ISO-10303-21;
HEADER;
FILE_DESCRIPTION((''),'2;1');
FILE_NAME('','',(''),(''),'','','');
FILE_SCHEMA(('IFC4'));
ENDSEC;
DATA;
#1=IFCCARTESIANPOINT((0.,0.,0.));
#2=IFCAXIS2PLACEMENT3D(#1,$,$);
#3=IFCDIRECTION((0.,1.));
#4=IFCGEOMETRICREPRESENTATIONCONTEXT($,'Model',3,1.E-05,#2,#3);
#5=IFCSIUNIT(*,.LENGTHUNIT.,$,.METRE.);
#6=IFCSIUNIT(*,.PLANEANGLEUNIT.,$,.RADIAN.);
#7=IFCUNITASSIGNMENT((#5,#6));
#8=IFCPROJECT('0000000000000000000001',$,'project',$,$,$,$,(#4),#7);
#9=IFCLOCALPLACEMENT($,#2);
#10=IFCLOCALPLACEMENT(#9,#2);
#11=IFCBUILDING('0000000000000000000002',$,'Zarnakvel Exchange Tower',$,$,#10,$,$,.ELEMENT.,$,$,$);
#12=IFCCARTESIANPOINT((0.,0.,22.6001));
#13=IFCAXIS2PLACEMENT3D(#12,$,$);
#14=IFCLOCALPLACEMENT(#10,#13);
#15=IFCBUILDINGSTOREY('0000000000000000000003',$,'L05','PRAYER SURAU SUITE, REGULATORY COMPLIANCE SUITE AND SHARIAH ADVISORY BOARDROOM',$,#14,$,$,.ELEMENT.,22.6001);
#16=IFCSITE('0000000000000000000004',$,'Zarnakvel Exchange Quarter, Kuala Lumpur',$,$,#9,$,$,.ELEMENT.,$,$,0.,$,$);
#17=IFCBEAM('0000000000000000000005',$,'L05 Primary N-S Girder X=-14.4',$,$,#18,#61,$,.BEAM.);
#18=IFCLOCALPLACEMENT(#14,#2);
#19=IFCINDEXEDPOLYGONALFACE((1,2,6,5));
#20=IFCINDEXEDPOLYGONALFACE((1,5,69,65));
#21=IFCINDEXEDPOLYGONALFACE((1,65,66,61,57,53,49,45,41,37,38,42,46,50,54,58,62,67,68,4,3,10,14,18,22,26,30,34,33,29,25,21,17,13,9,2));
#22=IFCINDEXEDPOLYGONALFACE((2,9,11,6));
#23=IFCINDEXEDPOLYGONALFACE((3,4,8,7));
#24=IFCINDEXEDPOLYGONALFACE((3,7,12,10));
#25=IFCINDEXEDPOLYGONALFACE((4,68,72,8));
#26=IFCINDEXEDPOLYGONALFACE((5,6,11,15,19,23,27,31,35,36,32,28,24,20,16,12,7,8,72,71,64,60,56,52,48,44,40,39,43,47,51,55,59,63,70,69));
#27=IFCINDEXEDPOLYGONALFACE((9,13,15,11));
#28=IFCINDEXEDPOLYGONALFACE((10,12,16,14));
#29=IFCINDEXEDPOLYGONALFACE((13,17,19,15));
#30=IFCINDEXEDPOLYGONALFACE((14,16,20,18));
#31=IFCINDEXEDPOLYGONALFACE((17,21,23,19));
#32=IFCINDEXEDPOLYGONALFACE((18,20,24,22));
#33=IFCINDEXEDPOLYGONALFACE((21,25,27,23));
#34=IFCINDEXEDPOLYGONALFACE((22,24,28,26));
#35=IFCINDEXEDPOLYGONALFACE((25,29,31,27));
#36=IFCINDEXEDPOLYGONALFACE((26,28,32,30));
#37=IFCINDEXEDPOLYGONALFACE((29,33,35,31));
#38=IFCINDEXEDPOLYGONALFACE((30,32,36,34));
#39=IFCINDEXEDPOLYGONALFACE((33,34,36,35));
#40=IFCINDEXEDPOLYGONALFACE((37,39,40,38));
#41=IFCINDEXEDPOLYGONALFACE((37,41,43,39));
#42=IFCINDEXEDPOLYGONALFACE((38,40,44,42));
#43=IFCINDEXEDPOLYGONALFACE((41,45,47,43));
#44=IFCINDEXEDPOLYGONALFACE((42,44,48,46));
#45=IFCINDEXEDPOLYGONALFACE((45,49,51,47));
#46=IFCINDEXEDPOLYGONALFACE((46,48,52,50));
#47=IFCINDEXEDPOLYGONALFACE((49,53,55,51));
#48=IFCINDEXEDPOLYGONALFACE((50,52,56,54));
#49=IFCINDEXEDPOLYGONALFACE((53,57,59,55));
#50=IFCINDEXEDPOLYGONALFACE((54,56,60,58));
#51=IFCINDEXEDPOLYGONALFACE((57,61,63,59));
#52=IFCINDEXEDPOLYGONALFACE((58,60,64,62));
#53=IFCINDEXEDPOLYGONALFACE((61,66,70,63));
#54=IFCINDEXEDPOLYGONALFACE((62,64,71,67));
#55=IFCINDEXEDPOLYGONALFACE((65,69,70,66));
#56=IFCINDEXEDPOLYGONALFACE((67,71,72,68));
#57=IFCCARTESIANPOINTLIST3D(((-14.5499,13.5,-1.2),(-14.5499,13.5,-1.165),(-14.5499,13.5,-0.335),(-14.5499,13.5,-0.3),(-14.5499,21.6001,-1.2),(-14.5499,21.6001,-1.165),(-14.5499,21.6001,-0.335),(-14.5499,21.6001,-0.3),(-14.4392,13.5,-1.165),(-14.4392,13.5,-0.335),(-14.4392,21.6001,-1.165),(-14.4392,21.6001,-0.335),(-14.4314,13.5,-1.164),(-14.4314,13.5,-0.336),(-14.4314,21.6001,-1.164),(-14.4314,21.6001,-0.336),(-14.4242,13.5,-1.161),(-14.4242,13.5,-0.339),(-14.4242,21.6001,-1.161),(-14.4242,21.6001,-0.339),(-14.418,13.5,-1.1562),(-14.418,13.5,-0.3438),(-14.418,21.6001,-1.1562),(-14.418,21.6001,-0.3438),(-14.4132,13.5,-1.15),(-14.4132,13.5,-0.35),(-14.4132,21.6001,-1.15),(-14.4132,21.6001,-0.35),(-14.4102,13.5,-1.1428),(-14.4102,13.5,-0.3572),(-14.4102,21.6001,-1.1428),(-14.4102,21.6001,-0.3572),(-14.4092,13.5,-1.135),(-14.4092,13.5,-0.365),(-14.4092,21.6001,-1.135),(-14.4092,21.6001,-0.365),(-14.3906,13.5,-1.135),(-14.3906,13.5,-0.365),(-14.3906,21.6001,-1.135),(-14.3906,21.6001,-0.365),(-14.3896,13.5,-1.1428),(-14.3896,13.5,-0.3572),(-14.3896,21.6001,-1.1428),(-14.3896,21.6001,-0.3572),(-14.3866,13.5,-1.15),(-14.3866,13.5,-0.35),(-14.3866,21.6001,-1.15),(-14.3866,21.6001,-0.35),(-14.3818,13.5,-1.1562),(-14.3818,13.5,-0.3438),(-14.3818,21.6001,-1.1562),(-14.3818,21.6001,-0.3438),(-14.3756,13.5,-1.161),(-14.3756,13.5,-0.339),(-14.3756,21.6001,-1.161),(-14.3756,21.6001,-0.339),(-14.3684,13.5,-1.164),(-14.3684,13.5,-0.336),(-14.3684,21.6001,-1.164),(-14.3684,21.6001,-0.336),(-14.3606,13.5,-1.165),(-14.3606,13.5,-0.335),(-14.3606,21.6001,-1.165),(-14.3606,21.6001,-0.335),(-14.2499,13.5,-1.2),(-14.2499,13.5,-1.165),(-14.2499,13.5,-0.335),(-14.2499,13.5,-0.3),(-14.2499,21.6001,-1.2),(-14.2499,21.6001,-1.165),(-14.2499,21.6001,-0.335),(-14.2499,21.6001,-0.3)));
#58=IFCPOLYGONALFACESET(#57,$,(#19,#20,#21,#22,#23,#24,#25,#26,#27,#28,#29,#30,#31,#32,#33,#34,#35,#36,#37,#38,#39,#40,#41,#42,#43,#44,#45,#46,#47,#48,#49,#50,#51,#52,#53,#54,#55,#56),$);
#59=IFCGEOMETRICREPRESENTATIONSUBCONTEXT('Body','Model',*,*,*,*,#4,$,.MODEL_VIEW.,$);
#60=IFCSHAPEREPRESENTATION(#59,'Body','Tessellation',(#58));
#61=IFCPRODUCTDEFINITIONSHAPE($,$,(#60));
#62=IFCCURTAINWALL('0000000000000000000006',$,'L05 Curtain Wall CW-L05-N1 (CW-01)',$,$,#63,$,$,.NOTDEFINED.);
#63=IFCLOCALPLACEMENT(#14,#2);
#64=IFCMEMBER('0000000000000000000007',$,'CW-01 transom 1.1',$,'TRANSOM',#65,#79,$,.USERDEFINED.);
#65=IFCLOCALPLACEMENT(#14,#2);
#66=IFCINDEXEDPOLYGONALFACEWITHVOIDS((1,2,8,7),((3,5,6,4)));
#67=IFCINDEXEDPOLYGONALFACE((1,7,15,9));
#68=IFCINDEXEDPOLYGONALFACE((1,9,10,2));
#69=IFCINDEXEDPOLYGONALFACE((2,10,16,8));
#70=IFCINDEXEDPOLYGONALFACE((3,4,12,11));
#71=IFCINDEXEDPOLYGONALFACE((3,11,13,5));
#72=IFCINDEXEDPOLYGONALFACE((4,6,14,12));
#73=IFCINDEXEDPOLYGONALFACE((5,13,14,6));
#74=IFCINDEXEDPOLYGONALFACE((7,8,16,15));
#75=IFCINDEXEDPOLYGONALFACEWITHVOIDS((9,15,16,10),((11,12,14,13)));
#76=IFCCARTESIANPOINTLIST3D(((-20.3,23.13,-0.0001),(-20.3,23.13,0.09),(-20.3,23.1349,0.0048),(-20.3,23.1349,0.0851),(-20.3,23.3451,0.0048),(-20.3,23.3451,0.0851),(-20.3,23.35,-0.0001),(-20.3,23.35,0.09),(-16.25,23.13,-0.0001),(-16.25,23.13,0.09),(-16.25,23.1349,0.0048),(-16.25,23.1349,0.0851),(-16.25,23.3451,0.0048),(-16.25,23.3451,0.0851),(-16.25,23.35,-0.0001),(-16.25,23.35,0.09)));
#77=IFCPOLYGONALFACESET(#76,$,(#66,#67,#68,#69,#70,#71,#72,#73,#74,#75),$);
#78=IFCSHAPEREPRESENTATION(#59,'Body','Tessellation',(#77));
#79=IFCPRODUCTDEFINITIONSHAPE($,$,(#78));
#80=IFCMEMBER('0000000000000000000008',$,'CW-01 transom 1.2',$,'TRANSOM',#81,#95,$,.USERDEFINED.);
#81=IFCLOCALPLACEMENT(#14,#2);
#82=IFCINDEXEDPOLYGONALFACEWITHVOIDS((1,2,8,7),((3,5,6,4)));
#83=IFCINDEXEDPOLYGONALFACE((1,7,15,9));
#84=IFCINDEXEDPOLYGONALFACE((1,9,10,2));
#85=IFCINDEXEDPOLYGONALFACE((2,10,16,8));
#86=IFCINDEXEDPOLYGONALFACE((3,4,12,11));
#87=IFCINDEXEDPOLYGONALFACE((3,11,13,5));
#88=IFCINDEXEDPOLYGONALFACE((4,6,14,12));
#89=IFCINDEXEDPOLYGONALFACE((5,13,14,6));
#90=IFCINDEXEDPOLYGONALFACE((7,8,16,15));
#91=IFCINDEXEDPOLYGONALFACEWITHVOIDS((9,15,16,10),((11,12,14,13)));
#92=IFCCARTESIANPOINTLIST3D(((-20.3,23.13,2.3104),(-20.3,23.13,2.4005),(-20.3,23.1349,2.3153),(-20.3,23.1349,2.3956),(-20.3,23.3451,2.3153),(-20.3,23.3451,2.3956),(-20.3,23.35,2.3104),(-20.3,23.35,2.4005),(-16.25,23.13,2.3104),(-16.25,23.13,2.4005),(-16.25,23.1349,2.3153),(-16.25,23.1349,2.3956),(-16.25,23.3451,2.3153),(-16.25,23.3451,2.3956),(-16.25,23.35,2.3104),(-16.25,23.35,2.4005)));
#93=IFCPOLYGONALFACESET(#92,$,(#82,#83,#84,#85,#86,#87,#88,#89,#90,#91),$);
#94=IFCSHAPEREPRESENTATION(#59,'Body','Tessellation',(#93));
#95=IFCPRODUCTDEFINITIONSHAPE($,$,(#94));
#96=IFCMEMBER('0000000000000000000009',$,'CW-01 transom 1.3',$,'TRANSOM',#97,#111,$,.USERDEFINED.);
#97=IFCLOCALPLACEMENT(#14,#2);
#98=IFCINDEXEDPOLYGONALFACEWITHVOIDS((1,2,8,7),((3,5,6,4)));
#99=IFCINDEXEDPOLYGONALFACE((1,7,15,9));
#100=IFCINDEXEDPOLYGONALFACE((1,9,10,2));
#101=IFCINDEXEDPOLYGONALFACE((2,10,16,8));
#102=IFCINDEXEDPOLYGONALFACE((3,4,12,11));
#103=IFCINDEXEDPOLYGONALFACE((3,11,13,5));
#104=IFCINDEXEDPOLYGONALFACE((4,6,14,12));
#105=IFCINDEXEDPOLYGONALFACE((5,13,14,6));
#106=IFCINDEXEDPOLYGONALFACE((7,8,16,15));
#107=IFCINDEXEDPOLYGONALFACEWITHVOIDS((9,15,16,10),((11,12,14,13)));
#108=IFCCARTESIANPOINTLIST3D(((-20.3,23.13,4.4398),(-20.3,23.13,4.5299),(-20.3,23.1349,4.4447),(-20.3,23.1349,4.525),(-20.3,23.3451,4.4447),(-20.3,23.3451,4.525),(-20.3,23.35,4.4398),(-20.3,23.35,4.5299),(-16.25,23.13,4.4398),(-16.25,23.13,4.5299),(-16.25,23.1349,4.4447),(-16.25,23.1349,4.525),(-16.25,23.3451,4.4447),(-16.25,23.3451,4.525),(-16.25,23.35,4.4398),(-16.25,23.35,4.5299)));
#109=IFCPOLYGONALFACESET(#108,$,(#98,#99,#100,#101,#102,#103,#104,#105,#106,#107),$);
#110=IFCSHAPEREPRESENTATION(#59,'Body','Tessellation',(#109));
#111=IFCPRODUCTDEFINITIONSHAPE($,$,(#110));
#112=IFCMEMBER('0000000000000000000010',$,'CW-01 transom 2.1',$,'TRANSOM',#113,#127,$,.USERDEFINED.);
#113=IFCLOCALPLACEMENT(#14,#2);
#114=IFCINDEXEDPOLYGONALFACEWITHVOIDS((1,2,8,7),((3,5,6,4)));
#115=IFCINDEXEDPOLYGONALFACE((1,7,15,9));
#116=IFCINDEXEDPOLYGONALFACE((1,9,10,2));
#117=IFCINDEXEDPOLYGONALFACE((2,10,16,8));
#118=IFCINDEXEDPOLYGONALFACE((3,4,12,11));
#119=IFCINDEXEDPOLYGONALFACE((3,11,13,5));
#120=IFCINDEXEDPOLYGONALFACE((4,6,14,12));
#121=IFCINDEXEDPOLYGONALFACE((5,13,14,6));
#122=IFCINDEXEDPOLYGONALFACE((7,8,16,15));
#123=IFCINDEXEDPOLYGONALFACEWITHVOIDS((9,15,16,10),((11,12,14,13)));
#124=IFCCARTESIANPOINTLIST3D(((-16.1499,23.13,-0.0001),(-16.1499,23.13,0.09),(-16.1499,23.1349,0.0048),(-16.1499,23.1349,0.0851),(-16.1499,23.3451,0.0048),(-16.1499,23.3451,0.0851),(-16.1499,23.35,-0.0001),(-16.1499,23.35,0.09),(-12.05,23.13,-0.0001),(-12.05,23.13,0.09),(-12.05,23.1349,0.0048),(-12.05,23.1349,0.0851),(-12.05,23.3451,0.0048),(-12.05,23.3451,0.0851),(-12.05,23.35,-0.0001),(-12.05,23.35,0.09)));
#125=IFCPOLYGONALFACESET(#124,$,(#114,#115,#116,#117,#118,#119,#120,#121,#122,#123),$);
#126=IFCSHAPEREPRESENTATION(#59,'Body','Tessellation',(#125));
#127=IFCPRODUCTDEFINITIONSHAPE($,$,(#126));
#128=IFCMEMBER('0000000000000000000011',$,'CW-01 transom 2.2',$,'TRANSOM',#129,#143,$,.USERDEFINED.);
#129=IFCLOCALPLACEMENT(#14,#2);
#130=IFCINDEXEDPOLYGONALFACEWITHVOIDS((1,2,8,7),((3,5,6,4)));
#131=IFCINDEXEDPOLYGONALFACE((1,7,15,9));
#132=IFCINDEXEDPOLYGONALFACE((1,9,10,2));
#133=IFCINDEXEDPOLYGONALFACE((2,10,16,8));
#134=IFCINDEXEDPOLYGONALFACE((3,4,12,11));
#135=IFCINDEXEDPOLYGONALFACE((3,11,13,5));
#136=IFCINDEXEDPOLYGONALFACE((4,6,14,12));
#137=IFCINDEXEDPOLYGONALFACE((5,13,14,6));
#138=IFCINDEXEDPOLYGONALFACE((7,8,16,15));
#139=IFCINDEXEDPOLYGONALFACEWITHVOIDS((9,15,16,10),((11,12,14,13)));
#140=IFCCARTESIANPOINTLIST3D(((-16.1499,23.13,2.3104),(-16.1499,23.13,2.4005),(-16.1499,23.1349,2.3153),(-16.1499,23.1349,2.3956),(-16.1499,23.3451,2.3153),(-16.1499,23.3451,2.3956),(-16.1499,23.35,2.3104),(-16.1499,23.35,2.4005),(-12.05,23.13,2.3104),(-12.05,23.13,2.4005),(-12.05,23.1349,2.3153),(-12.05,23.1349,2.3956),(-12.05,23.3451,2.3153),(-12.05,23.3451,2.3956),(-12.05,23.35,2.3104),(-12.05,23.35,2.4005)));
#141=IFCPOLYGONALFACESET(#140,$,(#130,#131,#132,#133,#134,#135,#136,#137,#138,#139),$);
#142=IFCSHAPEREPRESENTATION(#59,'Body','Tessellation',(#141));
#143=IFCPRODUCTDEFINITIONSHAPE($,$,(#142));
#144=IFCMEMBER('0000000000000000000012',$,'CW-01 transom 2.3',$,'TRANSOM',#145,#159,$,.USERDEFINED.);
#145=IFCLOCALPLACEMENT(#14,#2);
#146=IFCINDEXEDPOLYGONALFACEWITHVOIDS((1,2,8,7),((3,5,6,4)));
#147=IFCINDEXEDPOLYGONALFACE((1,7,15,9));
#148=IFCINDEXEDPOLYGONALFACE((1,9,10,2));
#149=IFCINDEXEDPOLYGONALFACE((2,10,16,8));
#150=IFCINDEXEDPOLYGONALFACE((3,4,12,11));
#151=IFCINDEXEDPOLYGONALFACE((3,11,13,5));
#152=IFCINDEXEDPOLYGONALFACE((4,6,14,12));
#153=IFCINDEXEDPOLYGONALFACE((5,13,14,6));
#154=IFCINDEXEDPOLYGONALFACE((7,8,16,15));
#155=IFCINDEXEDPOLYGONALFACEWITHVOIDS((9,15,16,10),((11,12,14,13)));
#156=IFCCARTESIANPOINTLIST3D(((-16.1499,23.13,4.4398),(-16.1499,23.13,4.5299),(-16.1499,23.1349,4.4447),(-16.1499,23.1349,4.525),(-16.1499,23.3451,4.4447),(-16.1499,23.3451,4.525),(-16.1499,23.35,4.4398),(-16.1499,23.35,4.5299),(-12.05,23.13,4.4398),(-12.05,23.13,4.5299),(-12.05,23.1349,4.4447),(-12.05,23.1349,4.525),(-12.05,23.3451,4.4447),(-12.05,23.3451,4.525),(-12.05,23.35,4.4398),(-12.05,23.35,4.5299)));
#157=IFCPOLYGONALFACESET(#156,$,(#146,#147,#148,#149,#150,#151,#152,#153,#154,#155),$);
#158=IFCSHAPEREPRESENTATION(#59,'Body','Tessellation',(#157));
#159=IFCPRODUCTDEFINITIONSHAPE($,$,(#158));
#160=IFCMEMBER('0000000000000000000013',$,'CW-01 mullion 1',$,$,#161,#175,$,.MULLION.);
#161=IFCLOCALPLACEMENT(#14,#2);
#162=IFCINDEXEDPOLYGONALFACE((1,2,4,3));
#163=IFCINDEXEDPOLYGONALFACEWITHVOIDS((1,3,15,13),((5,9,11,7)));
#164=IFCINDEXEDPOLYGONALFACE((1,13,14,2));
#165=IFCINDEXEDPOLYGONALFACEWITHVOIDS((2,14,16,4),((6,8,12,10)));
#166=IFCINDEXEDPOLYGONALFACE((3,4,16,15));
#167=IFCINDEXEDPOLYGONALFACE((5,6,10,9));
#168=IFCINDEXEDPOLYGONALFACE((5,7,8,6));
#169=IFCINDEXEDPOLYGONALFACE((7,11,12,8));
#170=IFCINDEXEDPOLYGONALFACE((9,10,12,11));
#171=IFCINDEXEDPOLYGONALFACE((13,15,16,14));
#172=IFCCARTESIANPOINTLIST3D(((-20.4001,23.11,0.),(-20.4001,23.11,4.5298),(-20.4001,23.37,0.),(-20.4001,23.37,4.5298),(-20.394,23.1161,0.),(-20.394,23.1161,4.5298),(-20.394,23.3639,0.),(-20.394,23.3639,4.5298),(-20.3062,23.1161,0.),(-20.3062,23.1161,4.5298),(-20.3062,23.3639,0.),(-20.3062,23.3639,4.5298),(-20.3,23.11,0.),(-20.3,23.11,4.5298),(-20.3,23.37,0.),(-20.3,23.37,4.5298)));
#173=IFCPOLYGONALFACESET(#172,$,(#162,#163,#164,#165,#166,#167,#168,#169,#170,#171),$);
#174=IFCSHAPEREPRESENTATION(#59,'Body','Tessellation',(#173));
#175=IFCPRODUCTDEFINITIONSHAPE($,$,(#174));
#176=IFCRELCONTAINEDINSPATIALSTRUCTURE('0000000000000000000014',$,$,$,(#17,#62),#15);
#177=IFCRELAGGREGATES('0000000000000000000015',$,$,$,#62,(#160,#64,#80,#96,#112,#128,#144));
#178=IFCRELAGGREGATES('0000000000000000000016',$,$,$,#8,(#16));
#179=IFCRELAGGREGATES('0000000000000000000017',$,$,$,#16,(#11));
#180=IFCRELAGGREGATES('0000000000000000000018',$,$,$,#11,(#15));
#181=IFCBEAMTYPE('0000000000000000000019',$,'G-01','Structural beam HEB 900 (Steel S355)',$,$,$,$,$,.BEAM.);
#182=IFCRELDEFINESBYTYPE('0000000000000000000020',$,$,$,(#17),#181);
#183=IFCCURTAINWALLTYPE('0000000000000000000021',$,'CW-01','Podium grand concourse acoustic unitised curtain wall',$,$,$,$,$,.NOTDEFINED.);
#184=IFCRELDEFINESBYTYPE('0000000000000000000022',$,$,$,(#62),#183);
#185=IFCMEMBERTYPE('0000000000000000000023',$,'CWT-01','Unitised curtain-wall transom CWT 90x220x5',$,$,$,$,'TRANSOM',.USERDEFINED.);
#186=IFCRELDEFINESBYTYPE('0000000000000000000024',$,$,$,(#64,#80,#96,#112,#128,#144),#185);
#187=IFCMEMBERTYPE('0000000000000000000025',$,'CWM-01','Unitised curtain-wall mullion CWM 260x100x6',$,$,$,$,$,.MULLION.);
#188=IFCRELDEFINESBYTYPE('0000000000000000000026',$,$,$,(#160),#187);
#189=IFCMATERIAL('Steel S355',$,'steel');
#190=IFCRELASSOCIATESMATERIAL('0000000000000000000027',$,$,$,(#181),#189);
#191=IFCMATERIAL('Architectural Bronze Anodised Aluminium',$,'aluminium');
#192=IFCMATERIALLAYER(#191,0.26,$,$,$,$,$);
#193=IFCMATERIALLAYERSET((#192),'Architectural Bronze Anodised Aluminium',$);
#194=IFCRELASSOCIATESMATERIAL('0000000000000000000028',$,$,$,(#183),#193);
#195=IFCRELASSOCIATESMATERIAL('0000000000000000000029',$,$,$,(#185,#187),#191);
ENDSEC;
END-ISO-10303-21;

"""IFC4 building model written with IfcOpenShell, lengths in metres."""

from ifc_helpers import new_model, si_unit, direction, frame, origin, origin_2d, place, context, subcontext, project, spatial, hollow_rectangle, i_section, extrude, source, transform, mapped, material, layer, layer_set, material_profile, profile_set, type_object, element, aggregate, save


model = new_model("IFC4")

# Units and contexts
model_context = context("Model", 3, precision=1e-05, world=origin(), true_north=direction((0.0, 1.0)))
body_context = subcontext(model_context, "Body", "Model", "MODEL_VIEW")
ifc_project = project(units=[si_unit("LENGTHUNIT", "METRE"), si_unit("PLANEANGLEUNIT", "RADIAN")], contexts=[model_context])

# Site, building, storey
site_placement = place(None, origin())
site = spatial("IfcSite", under=ifc_project, at=site_placement, Name="Zarnakvel Exchange Quarter, Kuala Lumpur", CompositionType="ELEMENT", RefElevation=0.0)
building_placement = place(site_placement, origin())
building = spatial("IfcBuilding", under=site, at=building_placement, Name="Zarnakvel Exchange Tower", CompositionType="ELEMENT")
storey_placement = place(building_placement, frame((0.0, 0.0, 22.6001)))
storey = spatial("IfcBuildingStorey", under=building, at=storey_placement, Name="L05", Description="PRAYER SURAU SUITE, REGULATORY COMPLIANCE SUITE AND SHARIAH ADVISORY BOARDROOM", CompositionType="ELEMENT", Elevation=22.6001)

# Beam
ifc_material_1 = material(Name="Steel S355", Category="steel")
ifc_material_profile_1 = material_profile(ifc_material_1, i_section(OverallWidth=0.3, OverallDepth=0.8999, WebThickness=0.0186, FlangeThickness=0.0349, FilletRadius=0.03, at=origin_2d()))
ifc_profile_set_1 = profile_set([ifc_material_profile_1], Name="Steel S355")
beam_type_1 = type_object("IfcBeamType", Name="G-01", Description="Structural beam HEB 900 (Steel S355)", PredefinedType="BEAM", material=ifc_profile_set_1)
beam_1_placement = place(storey_placement, frame((-14.3999, 13.5, -0.75), z_axis=(0.0, 1.0, 0.0), x_axis=(-1.0, 0.0, 0.0)))
element("IfcBeam", 1, at=beam_1_placement, inside=storey, type_object=beam_type_1, Name="L05 Primary N-S Girder X=-14.4", PredefinedType="BEAM", context=body_context, shape_type="SweptSolid", body=[
    extrude(i_section(OverallWidth=0.3, OverallDepth=0.8999, WebThickness=0.0186, FlangeThickness=0.0349, FilletRadius=0.03, at=origin_2d()), origin(), (0.0, 0.0, 1.0), 8.1001),
])

# Curtain wall, members
ifc_material_2 = material(Name="Architectural Bronze Anodised Aluminium", Category="aluminium")
ifc_layer_1 = layer(ifc_material_2, 0.26)
ifc_layer_set_1 = layer_set([ifc_layer_1], Name="Architectural Bronze Anodised Aluminium")
curtain_wall_type = type_object("IfcCurtainWallType", Name="CW-01", Description="Podium grand concourse acoustic unitised curtain wall", PredefinedType="NOTDEFINED", material=ifc_layer_set_1)
curtain_wall_placement = place(storey_placement, origin())
curtain_wall = element("IfcCurtainWall", 2, at=curtain_wall_placement, inside=storey, type_object=curtain_wall_type, Name="L05 Curtain Wall CW-L05-N1 (CW-01)", PredefinedType="NOTDEFINED")
ifc_material_profile_2 = material_profile(ifc_material_2, hollow_rectangle(XDim=0.22, YDim=0.0901, WallThickness=0.0049, at=origin_2d()))
ifc_profile_set_2 = profile_set([ifc_material_profile_2], Name="Architectural Bronze Anodised Aluminium")
member_type_1 = type_object("IfcMemberType", Name="CWT-01", Description="Unitised curtain-wall transom CWT 90x220x5", ElementType="TRANSOM", PredefinedType="USERDEFINED", material=ifc_profile_set_2)
shared_shape_1 = source(origin(), body_context, "Body", "SweptSolid", [
    extrude(hollow_rectangle(XDim=0.22, YDim=0.0901, WallThickness=0.0049, at=origin_2d()), origin(), (0.0, 0.0, 1.0), 4.05),
])
member_1_placement = place(storey_placement, frame((-20.3, 23.24, 0.0449), z_axis=(1.0, 0.0, 0.0), x_axis=(0.0, 1.0, 0.0)))
member_1 = element("IfcMember", 3, at=member_1_placement, type_object=member_type_1, Name="CW-01 transom 1.1", ObjectType="TRANSOM", PredefinedType="USERDEFINED", context=body_context, shape_type="MappedRepresentation", body=[
    mapped(shared_shape_1, transform((0.0, 0.0, 0.0), x_axis=(1.0, 0.0, 0.0), y_axis=(0.0, 1.0, 0.0), z_axis=(0.0, 0.0, 1.0), scale=1.0)),
])
member_2_placement = place(storey_placement, frame((-20.3, 23.24, 2.3555), z_axis=(1.0, 0.0, 0.0), x_axis=(0.0, 1.0, 0.0)))
member_2 = element("IfcMember", 4, at=member_2_placement, type_object=member_type_1, Name="CW-01 transom 1.2", ObjectType="TRANSOM", PredefinedType="USERDEFINED", context=body_context, shape_type="MappedRepresentation", body=[
    mapped(shared_shape_1, transform((0.0, 0.0, 0.0), x_axis=(1.0, 0.0, 0.0), y_axis=(0.0, 1.0, 0.0), z_axis=(0.0, 0.0, 1.0), scale=1.0)),
])
member_3_placement = place(storey_placement, frame((-20.3, 23.24, 4.4849), z_axis=(1.0, 0.0, 0.0), x_axis=(0.0, 1.0, 0.0)))
member_3 = element("IfcMember", 5, at=member_3_placement, type_object=member_type_1, Name="CW-01 transom 1.3", ObjectType="TRANSOM", PredefinedType="USERDEFINED", context=body_context, shape_type="MappedRepresentation", body=[
    mapped(shared_shape_1, transform((0.0, 0.0, 0.0), x_axis=(1.0, 0.0, 0.0), y_axis=(0.0, 1.0, 0.0), z_axis=(0.0, 0.0, 1.0), scale=1.0)),
])
shared_shape_2 = source(origin(), body_context, "Body", "SweptSolid", [
    extrude(hollow_rectangle(XDim=0.22, YDim=0.0901, WallThickness=0.0049, at=origin_2d()), origin(), (0.0, 0.0, 1.0), 4.0999),
])
member_4_placement = place(storey_placement, frame((-16.1499, 23.24, 0.0449), z_axis=(1.0, 0.0, 0.0), x_axis=(0.0, 1.0, 0.0)))
member_4 = element("IfcMember", 6, at=member_4_placement, type_object=member_type_1, Name="CW-01 transom 2.1", ObjectType="TRANSOM", PredefinedType="USERDEFINED", context=body_context, shape_type="MappedRepresentation", body=[
    mapped(shared_shape_2, transform((0.0, 0.0, 0.0), x_axis=(1.0, 0.0, 0.0), y_axis=(0.0, 1.0, 0.0), z_axis=(0.0, 0.0, 1.0), scale=1.0)),
])
member_5_placement = place(storey_placement, frame((-16.1499, 23.24, 2.3555), z_axis=(1.0, 0.0, 0.0), x_axis=(0.0, 1.0, 0.0)))
member_5 = element("IfcMember", 7, at=member_5_placement, type_object=member_type_1, Name="CW-01 transom 2.2", ObjectType="TRANSOM", PredefinedType="USERDEFINED", context=body_context, shape_type="MappedRepresentation", body=[
    mapped(shared_shape_2, transform((0.0, 0.0, 0.0), x_axis=(1.0, 0.0, 0.0), y_axis=(0.0, 1.0, 0.0), z_axis=(0.0, 0.0, 1.0), scale=1.0)),
])
member_6_placement = place(storey_placement, frame((-16.1499, 23.24, 4.4849), z_axis=(1.0, 0.0, 0.0), x_axis=(0.0, 1.0, 0.0)))
member_6 = element("IfcMember", 8, at=member_6_placement, type_object=member_type_1, Name="CW-01 transom 2.3", ObjectType="TRANSOM", PredefinedType="USERDEFINED", context=body_context, shape_type="MappedRepresentation", body=[
    mapped(shared_shape_2, transform((0.0, 0.0, 0.0), x_axis=(1.0, 0.0, 0.0), y_axis=(0.0, 1.0, 0.0), z_axis=(0.0, 0.0, 1.0), scale=1.0)),
])
ifc_material_profile_3 = material_profile(ifc_material_2, hollow_rectangle(XDim=0.26, YDim=0.1001, WallThickness=0.0061, at=origin_2d()))
ifc_profile_set_3 = profile_set([ifc_material_profile_3], Name="Architectural Bronze Anodised Aluminium")
member_type_2 = type_object("IfcMemberType", Name="CWM-01", Description="Unitised curtain-wall mullion CWM 260x100x6", PredefinedType="MULLION", material=ifc_profile_set_3)
shared_shape_3 = source(origin(), body_context, "Body", "SweptSolid", [
    extrude(hollow_rectangle(XDim=0.26, YDim=0.1001, WallThickness=0.0061, at=origin_2d()), origin(), (0.0, 0.0, 1.0), 4.5298),
])
member_7_placement = place(storey_placement, frame((-20.3501, 23.24, 0.0), z_axis=(0.0, 0.0, 1.0), x_axis=(0.0, 1.0, 0.0)))
member_7 = element("IfcMember", 9, at=member_7_placement, type_object=member_type_2, Name="CW-01 mullion 1", PredefinedType="MULLION", context=body_context, shape_type="MappedRepresentation", body=[
    mapped(shared_shape_3, transform((0.0, 0.0, 0.0), x_axis=(1.0, 0.0, 0.0), y_axis=(0.0, 1.0, 0.0), z_axis=(0.0, 0.0, 1.0), scale=1.0)),
])
aggregate(curtain_wall, [member_7, member_1, member_2, member_3, member_4, member_5, member_6])

save(model, "model.ifc")
